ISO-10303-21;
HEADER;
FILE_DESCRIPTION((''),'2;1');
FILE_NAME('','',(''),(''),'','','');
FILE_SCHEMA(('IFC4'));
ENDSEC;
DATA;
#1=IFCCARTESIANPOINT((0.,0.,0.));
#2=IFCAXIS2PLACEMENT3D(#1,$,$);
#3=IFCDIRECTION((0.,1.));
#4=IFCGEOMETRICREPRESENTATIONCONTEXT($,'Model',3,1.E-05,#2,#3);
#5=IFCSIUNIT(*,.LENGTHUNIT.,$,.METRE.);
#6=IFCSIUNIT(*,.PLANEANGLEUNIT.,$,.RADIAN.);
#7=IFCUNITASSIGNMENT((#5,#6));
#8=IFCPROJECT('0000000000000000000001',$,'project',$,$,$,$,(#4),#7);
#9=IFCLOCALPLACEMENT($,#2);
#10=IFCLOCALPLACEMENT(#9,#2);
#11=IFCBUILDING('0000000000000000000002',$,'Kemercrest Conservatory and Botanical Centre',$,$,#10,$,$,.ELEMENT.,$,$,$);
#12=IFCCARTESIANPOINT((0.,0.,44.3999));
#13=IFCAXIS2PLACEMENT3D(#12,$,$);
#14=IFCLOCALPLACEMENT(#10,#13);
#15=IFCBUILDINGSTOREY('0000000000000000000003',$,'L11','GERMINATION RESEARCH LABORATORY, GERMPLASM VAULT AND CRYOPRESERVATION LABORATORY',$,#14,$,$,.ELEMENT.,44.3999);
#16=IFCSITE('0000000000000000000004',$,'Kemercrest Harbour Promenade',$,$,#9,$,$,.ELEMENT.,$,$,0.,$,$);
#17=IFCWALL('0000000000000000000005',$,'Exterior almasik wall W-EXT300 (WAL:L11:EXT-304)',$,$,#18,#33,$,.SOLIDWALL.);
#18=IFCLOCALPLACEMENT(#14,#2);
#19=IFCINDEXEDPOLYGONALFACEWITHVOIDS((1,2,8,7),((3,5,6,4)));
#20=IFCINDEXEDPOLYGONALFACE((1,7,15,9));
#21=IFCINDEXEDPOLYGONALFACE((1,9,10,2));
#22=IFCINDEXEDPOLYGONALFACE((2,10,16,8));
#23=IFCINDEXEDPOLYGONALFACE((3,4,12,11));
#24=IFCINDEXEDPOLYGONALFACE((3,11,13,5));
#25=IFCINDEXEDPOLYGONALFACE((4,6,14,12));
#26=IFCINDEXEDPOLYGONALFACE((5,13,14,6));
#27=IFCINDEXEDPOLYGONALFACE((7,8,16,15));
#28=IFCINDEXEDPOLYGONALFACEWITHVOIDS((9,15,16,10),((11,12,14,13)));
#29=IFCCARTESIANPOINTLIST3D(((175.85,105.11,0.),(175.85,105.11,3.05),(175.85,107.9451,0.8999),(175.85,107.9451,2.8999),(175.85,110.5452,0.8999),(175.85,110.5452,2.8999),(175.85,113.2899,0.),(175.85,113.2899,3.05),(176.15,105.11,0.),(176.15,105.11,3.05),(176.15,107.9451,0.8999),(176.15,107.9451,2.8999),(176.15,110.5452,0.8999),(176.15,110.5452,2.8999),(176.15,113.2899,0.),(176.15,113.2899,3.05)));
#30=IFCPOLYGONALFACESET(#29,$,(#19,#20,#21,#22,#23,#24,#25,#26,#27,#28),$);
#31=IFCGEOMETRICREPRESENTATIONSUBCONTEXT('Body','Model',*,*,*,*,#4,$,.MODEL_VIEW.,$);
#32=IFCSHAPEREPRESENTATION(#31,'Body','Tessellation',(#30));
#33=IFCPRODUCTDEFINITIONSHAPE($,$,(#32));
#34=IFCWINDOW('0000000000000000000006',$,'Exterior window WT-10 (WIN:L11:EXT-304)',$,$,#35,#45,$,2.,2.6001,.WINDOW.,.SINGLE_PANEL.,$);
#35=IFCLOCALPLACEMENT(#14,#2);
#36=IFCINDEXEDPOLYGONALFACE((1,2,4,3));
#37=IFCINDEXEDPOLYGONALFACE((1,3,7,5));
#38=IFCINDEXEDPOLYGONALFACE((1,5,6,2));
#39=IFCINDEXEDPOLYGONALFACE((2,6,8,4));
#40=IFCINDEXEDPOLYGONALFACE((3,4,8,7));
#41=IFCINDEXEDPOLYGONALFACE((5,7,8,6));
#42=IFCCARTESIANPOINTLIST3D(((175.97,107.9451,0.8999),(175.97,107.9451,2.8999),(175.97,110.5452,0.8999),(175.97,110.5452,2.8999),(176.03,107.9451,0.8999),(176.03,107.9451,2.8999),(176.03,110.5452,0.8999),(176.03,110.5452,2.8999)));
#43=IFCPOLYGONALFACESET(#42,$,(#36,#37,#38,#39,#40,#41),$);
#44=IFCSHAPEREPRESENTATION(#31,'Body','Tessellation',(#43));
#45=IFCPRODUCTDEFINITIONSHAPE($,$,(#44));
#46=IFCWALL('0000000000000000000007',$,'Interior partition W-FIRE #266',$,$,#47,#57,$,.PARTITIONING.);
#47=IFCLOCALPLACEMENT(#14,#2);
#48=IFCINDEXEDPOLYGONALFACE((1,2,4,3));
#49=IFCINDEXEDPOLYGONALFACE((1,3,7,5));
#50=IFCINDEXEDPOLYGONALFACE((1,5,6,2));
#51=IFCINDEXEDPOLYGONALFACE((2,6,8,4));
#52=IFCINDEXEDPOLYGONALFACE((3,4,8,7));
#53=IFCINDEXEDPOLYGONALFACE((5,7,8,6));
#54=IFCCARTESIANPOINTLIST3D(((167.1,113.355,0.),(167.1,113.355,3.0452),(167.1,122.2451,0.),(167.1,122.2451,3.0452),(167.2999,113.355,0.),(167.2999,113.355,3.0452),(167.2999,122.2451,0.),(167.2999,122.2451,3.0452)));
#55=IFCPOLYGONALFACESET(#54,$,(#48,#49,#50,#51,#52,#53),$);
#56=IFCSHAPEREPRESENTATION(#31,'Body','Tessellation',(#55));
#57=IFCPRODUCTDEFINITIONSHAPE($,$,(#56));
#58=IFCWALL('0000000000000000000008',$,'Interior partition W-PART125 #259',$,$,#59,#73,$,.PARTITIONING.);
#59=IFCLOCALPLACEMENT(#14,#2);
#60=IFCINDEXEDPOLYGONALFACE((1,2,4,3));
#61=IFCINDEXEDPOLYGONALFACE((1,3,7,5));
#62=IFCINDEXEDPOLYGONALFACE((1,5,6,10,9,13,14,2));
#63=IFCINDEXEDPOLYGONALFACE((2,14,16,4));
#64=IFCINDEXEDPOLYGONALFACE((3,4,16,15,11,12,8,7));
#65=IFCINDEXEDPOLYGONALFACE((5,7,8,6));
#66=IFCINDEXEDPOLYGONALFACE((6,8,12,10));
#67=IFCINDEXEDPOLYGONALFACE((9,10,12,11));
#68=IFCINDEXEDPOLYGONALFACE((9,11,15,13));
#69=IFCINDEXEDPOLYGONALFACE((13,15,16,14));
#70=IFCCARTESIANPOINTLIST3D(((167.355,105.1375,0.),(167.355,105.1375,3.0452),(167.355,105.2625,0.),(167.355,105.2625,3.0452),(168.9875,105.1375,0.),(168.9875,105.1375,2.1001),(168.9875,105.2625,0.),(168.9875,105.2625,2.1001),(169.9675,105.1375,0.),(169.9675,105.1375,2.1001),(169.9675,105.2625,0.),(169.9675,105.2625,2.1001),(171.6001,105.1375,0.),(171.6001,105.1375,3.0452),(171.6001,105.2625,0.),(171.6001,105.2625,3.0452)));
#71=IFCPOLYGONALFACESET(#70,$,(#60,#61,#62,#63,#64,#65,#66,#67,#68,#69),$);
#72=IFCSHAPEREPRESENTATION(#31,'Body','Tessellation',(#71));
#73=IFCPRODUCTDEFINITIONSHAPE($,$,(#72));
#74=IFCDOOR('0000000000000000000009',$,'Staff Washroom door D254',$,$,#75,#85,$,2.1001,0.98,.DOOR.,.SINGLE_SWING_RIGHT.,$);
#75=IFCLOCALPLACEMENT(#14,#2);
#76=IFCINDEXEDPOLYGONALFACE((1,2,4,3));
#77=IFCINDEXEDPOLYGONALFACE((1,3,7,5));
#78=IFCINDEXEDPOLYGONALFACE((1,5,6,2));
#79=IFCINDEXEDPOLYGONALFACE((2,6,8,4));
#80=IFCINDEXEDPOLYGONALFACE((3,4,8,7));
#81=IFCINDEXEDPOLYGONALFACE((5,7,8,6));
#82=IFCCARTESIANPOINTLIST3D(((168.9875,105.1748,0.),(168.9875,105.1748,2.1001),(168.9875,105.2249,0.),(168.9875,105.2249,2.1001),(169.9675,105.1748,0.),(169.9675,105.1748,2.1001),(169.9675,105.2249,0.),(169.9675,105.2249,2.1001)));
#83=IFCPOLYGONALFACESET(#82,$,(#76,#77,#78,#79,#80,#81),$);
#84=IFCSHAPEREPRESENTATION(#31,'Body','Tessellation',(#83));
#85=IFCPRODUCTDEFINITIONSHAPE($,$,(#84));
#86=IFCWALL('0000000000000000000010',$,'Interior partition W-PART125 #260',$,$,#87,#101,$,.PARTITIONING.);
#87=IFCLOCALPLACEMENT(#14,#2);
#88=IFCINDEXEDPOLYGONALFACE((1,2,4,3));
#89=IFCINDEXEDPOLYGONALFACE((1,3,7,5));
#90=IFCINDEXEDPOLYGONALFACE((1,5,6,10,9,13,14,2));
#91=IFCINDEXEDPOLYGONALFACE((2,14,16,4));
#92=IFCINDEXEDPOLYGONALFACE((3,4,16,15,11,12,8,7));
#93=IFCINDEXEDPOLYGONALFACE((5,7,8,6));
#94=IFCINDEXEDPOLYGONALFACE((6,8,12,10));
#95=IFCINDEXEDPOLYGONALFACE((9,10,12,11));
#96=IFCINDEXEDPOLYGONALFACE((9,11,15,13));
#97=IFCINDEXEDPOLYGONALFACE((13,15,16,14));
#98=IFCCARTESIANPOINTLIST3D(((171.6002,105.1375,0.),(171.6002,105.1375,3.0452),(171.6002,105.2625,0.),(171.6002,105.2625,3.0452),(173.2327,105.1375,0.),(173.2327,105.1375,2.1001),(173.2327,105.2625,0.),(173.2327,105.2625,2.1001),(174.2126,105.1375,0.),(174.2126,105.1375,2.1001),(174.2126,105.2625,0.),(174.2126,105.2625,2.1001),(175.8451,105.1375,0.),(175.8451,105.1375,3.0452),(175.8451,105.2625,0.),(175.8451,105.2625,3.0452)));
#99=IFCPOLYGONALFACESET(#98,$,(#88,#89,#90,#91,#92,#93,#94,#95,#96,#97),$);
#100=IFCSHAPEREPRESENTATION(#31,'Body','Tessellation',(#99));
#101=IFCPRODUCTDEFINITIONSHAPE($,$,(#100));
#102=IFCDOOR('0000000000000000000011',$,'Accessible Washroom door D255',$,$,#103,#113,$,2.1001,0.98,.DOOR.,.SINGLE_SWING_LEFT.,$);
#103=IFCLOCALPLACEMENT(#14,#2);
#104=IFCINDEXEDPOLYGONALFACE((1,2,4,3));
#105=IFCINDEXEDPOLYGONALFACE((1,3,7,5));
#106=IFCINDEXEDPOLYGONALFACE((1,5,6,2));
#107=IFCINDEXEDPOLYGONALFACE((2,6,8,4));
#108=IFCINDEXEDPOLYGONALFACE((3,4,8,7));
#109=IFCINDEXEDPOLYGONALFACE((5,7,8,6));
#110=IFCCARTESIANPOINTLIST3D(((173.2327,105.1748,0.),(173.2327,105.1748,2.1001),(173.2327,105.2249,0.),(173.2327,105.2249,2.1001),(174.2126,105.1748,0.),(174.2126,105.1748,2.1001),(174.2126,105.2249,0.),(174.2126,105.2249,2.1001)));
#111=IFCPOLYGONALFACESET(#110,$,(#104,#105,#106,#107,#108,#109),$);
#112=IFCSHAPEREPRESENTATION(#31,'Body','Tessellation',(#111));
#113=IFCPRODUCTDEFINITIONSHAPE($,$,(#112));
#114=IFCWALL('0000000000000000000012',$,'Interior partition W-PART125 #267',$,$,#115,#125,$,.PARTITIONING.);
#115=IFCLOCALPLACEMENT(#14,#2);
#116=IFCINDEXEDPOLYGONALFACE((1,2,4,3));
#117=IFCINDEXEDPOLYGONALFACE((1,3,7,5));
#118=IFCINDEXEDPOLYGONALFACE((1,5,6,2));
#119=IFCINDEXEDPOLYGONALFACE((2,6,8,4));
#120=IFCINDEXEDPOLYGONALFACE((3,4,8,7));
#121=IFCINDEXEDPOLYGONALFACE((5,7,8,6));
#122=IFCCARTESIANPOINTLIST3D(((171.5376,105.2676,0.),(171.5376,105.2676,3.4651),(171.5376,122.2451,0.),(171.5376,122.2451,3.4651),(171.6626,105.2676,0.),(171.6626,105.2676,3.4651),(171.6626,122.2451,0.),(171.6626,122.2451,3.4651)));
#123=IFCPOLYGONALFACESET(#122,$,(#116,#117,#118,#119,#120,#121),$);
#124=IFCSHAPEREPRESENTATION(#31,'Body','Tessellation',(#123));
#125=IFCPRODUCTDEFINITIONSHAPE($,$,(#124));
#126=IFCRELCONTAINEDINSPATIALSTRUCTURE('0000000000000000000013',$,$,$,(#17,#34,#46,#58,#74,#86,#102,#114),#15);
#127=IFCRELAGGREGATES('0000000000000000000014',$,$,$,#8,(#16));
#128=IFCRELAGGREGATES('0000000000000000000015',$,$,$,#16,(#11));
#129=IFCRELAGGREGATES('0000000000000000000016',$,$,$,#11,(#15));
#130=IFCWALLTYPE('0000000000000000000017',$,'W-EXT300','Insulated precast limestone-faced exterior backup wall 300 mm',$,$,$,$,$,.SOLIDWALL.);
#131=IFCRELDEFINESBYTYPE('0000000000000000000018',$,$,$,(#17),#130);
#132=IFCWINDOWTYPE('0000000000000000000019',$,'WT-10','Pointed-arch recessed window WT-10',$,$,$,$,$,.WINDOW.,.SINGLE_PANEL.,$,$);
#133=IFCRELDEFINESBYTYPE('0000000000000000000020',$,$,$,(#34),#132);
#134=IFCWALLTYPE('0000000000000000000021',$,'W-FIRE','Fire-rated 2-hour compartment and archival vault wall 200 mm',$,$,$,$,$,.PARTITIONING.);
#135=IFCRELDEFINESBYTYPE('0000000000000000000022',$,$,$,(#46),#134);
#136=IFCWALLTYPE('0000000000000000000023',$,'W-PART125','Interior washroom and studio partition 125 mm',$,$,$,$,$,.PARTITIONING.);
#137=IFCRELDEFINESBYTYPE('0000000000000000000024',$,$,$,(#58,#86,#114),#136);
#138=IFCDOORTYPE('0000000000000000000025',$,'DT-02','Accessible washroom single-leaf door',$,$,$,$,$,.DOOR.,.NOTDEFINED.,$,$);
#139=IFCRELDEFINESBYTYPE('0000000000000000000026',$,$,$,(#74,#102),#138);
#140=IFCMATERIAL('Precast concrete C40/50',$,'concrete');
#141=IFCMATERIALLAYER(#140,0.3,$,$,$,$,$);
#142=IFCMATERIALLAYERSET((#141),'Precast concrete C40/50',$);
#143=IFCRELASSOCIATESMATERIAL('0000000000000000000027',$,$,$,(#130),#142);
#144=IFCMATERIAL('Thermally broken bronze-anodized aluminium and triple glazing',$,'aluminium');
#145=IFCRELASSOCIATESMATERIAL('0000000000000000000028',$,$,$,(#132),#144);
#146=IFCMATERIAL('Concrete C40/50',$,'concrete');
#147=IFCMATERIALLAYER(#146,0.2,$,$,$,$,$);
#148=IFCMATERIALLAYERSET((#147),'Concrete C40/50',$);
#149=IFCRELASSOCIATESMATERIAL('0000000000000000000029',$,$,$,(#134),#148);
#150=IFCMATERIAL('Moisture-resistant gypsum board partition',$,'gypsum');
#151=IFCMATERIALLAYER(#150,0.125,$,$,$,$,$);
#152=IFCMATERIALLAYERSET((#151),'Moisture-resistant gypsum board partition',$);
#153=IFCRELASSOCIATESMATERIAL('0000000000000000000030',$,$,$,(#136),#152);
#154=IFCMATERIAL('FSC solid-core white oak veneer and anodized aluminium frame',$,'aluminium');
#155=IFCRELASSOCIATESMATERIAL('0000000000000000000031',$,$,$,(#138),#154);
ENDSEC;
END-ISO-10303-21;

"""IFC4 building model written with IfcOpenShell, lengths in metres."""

from ifc_helpers import new_model, si_unit, direction, frame, frame_2d, origin, place, context, subcontext, project, spatial, rectangle, extrude, material, layer, layer_set, type_object, element, fill, save


model = new_model("IFC4")

# Units and contexts
model_context = context("Model", 3, precision=1e-05, world=origin(), true_north=direction((0.0, 1.0)))
body_context = subcontext(model_context, "Body", "Model", "MODEL_VIEW")
ifc_project = project(units=[si_unit("LENGTHUNIT", "METRE"), si_unit("PLANEANGLEUNIT", "RADIAN")], contexts=[model_context])

# Site, building, storey
site_placement = place(None, origin())
site = spatial("IfcSite", under=ifc_project, at=site_placement, Name="Kemercrest Harbour Promenade", CompositionType="ELEMENT", RefElevation=0.0)
building_placement = place(site_placement, origin())
building = spatial("IfcBuilding", under=site, at=building_placement, Name="Kemercrest Conservatory and Botanical Centre", CompositionType="ELEMENT")
storey_placement = place(building_placement, frame((0.0, 0.0, 44.3999)))
storey = spatial("IfcBuildingStorey", under=building, at=storey_placement, Name="L11", Description="GERMINATION RESEARCH LABORATORY, GERMPLASM VAULT AND CRYOPRESERVATION LABORATORY", CompositionType="ELEMENT", Elevation=44.3999)

# Shared definitions
ifc_material_1 = material(Name="Concrete C40/50", Category="concrete")

# Wall, opening, window
ifc_material_2 = material(Name="Precast concrete C40/50", Category="concrete")
ifc_layer_1 = layer(ifc_material_2, 0.3)
ifc_layer_set_1 = layer_set([ifc_layer_1], Name="Precast concrete C40/50")
wall_type_1 = type_object("IfcWallType", Name="W-EXT300", Description="Insulated precast limestone-faced exterior backup wall 300 mm", PredefinedType="SOLIDWALL", material=ifc_layer_set_1)
wall_1_placement = place(storey_placement, frame((176.0, 105.1101, 0.0), z_axis=(0.0, 0.0, 1.0), x_axis=(0.0, 1.0, 0.0)))
wall_1 = element("IfcWall", 1, at=wall_1_placement, inside=storey, type_object=wall_type_1, Name="Exterior almasik wall W-EXT300 (WAL:L11:EXT-304)", PredefinedType="SOLIDWALL", context=body_context, shape_type="SweptSolid", body=[
    extrude(rectangle(XDim=8.1799, YDim=0.3, at=frame_2d((4.0898, 0.0))), origin(), (0.0, 0.0, 1.0), 3.05),
])
opening_1_placement = place(wall_1_placement, frame((2.835, 0.0, 0.8999)))
opening_1 = element("IfcOpeningElement", 2, at=opening_1_placement, cuts=wall_1, PredefinedType="OPENING", context=body_context, shape_type="SweptSolid", body=[
    extrude(rectangle(XDim=2.6001, YDim=2.0, at=frame_2d((1.3, 1.0))), frame((0.0, 0.1602, 0.0), z_axis=(0.0, -1.0, 0.0), x_axis=(1.0, 0.0, 0.0)), (0.0, 0.0, 1.0), 0.3201),
])
ifc_material_3 = material(Name="Thermally broken bronze-anodized aluminium and triple glazing", Category="aluminium")
window_type = type_object("IfcWindowType", Name="WT-10", Description="Pointed-arch recessed window WT-10", PartitioningType="SINGLE_PANEL", PredefinedType="WINDOW", material=ifc_material_3)
window_placement = place(opening_1_placement, origin())
window = element("IfcWindow", 3, at=window_placement, inside=storey, type_object=window_type, Name="Exterior window WT-10 (WIN:L11:EXT-304)", OverallHeight=2.0, OverallWidth=2.6001, PartitioningType="SINGLE_PANEL", PredefinedType="WINDOW", context=body_context, shape_type="SweptSolid", body=[
    extrude(rectangle(XDim=2.6001, YDim=2.0, at=frame_2d((1.3, 1.0))), frame((0.0, 0.03, 0.0), z_axis=(0.0, -1.0, 0.0), x_axis=(1.0, 0.0, 0.0)), (0.0, 0.0, 1.0), 0.0601),
])
fill(opening_1, window)

# Wall
ifc_layer_2 = layer(ifc_material_1, 0.2)
ifc_layer_set_2 = layer_set([ifc_layer_2], Name="Concrete C40/50")
wall_type_2 = type_object("IfcWallType", Name="W-FIRE", Description="Fire-rated 2-hour compartment and archival vault wall 200 mm", PredefinedType="PARTITIONING", material=ifc_layer_set_2)
wall_2_placement = place(storey_placement, frame((167.2, 113.355, 0.0), z_axis=(0.0, 0.0, 1.0), x_axis=(0.0, 1.0, 0.0)))
element("IfcWall", 4, at=wall_2_placement, inside=storey, type_object=wall_type_2, Name="Interior partition W-FIRE #266", PredefinedType="PARTITIONING", context=body_context, shape_type="SweptSolid", body=[
    extrude(rectangle(XDim=8.8901, YDim=0.2, at=frame_2d((4.4451, 0.0))), origin(), (0.0, 0.0, 1.0), 3.0452),
])

# Walls, openings, doors
ifc_material_4 = material(Name="Moisture-resistant gypsum board partition", Category="gypsum")
ifc_layer_3 = layer(ifc_material_4, 0.125)
ifc_layer_set_3 = layer_set([ifc_layer_3], Name="Moisture-resistant gypsum board partition")
wall_type_3 = type_object("IfcWallType", Name="W-PART125", Description="Interior washroom and studio partition 125 mm", PredefinedType="PARTITIONING", material=ifc_layer_set_3)
wall_3_placement = place(storey_placement, frame((167.355, 105.2, 0.0), z_axis=(0.0, 0.0, 1.0), x_axis=(1.0, 0.0, 0.0)))
wall_3 = element("IfcWall", 5, at=wall_3_placement, inside=storey, type_object=wall_type_3, Name="Interior partition W-PART125 #259", PredefinedType="PARTITIONING", context=body_context, shape_type="SweptSolid", body=[
    extrude(rectangle(XDim=4.2451, YDim=0.125, at=frame_2d((2.1226, 0.0))), origin(), (0.0, 0.0, 1.0), 3.0452),
])
opening_2_placement = place(wall_3_placement, frame((1.6326, 0.0, 0.0)))
opening_2 = element("IfcOpeningElement", 6, at=opening_2_placement, cuts=wall_3, PredefinedType="OPENING", context=body_context, shape_type="SweptSolid", body=[
    extrude(rectangle(XDim=0.98, YDim=2.1001, at=frame_2d((0.49, 1.05))), frame((0.0, 0.0725, 0.0), z_axis=(0.0, -1.0, 0.0), x_axis=(1.0, 0.0, 0.0)), (0.0, 0.0, 1.0), 0.145),
])
ifc_material_5 = material(Name="FSC solid-core white oak veneer and anodized aluminium frame", Category="aluminium")
door_type = type_object("IfcDoorType", Name="DT-02", Description="Accessible washroom single-leaf door", OperationType="NOTDEFINED", PredefinedType="DOOR", material=ifc_material_5)
door_1_placement = place(opening_2_placement, origin())
door_1 = element("IfcDoor", 7, at=door_1_placement, inside=storey, type_object=door_type, Name="Staff Washroom door D254", OperationType="SINGLE_SWING_RIGHT", OverallHeight=2.1001, OverallWidth=0.98, PredefinedType="DOOR", context=body_context, shape_type="SweptSolid", body=[
    extrude(rectangle(XDim=0.98, YDim=2.1001, at=frame_2d((0.49, 1.05))), frame((0.0, 0.0249, 0.0), z_axis=(0.0, -1.0, 0.0), x_axis=(1.0, 0.0, 0.0)), (0.0, 0.0, 1.0), 0.05),
])
fill(opening_2, door_1)
wall_4_placement = place(storey_placement, frame((171.6001, 105.2, 0.0), z_axis=(0.0, 0.0, 1.0), x_axis=(1.0, 0.0, 0.0)))
wall_4 = element("IfcWall", 8, at=wall_4_placement, inside=storey, type_object=wall_type_3, Name="Interior partition W-PART125 #260", PredefinedType="PARTITIONING", context=body_context, shape_type="SweptSolid", body=[
    extrude(rectangle(XDim=4.2449, YDim=0.125, at=frame_2d((2.1226, 0.0))), origin(), (0.0, 0.0, 1.0), 3.0452),
])
opening_3_placement = place(wall_4_placement, frame((1.6326, 0.0, 0.0)))
opening_3 = element("IfcOpeningElement", 9, at=opening_3_placement, cuts=wall_4, PredefinedType="OPENING", context=body_context, shape_type="SweptSolid", body=[
    extrude(rectangle(XDim=0.98, YDim=2.1001, at=frame_2d((0.49, 1.05))), frame((0.0, 0.0725, 0.0), z_axis=(0.0, -1.0, 0.0), x_axis=(1.0, 0.0, 0.0)), (0.0, 0.0, 1.0), 0.145),
])
door_2_placement = place(opening_3_placement, origin())
door_2 = element("IfcDoor", 10, at=door_2_placement, inside=storey, type_object=door_type, Name="Accessible Washroom door D255", OperationType="SINGLE_SWING_LEFT", OverallHeight=2.1001, OverallWidth=0.98, PredefinedType="DOOR", context=body_context, shape_type="SweptSolid", body=[
    extrude(rectangle(XDim=0.98, YDim=2.1001, at=frame_2d((0.49, 1.05))), frame((0.0, 0.0249, 0.0), z_axis=(0.0, -1.0, 0.0), x_axis=(1.0, 0.0, 0.0)), (0.0, 0.0, 1.0), 0.05),
])
fill(opening_3, door_2)

# Wall
wall_5_placement = place(storey_placement, frame((171.6001, 105.2676, 0.0), z_axis=(0.0, 0.0, 1.0), x_axis=(0.0, 1.0, 0.0)))
element("IfcWall", 11, at=wall_5_placement, inside=storey, type_object=wall_type_3, Name="Interior partition W-PART125 #267", PredefinedType="PARTITIONING", context=body_context, shape_type="SweptSolid", body=[
    extrude(rectangle(XDim=16.9775, YDim=0.125, at=frame_2d((8.4888, 0.0))), origin(), (0.0, 0.0, 1.0), 3.4651),
])

save(model, "model.ifc")
